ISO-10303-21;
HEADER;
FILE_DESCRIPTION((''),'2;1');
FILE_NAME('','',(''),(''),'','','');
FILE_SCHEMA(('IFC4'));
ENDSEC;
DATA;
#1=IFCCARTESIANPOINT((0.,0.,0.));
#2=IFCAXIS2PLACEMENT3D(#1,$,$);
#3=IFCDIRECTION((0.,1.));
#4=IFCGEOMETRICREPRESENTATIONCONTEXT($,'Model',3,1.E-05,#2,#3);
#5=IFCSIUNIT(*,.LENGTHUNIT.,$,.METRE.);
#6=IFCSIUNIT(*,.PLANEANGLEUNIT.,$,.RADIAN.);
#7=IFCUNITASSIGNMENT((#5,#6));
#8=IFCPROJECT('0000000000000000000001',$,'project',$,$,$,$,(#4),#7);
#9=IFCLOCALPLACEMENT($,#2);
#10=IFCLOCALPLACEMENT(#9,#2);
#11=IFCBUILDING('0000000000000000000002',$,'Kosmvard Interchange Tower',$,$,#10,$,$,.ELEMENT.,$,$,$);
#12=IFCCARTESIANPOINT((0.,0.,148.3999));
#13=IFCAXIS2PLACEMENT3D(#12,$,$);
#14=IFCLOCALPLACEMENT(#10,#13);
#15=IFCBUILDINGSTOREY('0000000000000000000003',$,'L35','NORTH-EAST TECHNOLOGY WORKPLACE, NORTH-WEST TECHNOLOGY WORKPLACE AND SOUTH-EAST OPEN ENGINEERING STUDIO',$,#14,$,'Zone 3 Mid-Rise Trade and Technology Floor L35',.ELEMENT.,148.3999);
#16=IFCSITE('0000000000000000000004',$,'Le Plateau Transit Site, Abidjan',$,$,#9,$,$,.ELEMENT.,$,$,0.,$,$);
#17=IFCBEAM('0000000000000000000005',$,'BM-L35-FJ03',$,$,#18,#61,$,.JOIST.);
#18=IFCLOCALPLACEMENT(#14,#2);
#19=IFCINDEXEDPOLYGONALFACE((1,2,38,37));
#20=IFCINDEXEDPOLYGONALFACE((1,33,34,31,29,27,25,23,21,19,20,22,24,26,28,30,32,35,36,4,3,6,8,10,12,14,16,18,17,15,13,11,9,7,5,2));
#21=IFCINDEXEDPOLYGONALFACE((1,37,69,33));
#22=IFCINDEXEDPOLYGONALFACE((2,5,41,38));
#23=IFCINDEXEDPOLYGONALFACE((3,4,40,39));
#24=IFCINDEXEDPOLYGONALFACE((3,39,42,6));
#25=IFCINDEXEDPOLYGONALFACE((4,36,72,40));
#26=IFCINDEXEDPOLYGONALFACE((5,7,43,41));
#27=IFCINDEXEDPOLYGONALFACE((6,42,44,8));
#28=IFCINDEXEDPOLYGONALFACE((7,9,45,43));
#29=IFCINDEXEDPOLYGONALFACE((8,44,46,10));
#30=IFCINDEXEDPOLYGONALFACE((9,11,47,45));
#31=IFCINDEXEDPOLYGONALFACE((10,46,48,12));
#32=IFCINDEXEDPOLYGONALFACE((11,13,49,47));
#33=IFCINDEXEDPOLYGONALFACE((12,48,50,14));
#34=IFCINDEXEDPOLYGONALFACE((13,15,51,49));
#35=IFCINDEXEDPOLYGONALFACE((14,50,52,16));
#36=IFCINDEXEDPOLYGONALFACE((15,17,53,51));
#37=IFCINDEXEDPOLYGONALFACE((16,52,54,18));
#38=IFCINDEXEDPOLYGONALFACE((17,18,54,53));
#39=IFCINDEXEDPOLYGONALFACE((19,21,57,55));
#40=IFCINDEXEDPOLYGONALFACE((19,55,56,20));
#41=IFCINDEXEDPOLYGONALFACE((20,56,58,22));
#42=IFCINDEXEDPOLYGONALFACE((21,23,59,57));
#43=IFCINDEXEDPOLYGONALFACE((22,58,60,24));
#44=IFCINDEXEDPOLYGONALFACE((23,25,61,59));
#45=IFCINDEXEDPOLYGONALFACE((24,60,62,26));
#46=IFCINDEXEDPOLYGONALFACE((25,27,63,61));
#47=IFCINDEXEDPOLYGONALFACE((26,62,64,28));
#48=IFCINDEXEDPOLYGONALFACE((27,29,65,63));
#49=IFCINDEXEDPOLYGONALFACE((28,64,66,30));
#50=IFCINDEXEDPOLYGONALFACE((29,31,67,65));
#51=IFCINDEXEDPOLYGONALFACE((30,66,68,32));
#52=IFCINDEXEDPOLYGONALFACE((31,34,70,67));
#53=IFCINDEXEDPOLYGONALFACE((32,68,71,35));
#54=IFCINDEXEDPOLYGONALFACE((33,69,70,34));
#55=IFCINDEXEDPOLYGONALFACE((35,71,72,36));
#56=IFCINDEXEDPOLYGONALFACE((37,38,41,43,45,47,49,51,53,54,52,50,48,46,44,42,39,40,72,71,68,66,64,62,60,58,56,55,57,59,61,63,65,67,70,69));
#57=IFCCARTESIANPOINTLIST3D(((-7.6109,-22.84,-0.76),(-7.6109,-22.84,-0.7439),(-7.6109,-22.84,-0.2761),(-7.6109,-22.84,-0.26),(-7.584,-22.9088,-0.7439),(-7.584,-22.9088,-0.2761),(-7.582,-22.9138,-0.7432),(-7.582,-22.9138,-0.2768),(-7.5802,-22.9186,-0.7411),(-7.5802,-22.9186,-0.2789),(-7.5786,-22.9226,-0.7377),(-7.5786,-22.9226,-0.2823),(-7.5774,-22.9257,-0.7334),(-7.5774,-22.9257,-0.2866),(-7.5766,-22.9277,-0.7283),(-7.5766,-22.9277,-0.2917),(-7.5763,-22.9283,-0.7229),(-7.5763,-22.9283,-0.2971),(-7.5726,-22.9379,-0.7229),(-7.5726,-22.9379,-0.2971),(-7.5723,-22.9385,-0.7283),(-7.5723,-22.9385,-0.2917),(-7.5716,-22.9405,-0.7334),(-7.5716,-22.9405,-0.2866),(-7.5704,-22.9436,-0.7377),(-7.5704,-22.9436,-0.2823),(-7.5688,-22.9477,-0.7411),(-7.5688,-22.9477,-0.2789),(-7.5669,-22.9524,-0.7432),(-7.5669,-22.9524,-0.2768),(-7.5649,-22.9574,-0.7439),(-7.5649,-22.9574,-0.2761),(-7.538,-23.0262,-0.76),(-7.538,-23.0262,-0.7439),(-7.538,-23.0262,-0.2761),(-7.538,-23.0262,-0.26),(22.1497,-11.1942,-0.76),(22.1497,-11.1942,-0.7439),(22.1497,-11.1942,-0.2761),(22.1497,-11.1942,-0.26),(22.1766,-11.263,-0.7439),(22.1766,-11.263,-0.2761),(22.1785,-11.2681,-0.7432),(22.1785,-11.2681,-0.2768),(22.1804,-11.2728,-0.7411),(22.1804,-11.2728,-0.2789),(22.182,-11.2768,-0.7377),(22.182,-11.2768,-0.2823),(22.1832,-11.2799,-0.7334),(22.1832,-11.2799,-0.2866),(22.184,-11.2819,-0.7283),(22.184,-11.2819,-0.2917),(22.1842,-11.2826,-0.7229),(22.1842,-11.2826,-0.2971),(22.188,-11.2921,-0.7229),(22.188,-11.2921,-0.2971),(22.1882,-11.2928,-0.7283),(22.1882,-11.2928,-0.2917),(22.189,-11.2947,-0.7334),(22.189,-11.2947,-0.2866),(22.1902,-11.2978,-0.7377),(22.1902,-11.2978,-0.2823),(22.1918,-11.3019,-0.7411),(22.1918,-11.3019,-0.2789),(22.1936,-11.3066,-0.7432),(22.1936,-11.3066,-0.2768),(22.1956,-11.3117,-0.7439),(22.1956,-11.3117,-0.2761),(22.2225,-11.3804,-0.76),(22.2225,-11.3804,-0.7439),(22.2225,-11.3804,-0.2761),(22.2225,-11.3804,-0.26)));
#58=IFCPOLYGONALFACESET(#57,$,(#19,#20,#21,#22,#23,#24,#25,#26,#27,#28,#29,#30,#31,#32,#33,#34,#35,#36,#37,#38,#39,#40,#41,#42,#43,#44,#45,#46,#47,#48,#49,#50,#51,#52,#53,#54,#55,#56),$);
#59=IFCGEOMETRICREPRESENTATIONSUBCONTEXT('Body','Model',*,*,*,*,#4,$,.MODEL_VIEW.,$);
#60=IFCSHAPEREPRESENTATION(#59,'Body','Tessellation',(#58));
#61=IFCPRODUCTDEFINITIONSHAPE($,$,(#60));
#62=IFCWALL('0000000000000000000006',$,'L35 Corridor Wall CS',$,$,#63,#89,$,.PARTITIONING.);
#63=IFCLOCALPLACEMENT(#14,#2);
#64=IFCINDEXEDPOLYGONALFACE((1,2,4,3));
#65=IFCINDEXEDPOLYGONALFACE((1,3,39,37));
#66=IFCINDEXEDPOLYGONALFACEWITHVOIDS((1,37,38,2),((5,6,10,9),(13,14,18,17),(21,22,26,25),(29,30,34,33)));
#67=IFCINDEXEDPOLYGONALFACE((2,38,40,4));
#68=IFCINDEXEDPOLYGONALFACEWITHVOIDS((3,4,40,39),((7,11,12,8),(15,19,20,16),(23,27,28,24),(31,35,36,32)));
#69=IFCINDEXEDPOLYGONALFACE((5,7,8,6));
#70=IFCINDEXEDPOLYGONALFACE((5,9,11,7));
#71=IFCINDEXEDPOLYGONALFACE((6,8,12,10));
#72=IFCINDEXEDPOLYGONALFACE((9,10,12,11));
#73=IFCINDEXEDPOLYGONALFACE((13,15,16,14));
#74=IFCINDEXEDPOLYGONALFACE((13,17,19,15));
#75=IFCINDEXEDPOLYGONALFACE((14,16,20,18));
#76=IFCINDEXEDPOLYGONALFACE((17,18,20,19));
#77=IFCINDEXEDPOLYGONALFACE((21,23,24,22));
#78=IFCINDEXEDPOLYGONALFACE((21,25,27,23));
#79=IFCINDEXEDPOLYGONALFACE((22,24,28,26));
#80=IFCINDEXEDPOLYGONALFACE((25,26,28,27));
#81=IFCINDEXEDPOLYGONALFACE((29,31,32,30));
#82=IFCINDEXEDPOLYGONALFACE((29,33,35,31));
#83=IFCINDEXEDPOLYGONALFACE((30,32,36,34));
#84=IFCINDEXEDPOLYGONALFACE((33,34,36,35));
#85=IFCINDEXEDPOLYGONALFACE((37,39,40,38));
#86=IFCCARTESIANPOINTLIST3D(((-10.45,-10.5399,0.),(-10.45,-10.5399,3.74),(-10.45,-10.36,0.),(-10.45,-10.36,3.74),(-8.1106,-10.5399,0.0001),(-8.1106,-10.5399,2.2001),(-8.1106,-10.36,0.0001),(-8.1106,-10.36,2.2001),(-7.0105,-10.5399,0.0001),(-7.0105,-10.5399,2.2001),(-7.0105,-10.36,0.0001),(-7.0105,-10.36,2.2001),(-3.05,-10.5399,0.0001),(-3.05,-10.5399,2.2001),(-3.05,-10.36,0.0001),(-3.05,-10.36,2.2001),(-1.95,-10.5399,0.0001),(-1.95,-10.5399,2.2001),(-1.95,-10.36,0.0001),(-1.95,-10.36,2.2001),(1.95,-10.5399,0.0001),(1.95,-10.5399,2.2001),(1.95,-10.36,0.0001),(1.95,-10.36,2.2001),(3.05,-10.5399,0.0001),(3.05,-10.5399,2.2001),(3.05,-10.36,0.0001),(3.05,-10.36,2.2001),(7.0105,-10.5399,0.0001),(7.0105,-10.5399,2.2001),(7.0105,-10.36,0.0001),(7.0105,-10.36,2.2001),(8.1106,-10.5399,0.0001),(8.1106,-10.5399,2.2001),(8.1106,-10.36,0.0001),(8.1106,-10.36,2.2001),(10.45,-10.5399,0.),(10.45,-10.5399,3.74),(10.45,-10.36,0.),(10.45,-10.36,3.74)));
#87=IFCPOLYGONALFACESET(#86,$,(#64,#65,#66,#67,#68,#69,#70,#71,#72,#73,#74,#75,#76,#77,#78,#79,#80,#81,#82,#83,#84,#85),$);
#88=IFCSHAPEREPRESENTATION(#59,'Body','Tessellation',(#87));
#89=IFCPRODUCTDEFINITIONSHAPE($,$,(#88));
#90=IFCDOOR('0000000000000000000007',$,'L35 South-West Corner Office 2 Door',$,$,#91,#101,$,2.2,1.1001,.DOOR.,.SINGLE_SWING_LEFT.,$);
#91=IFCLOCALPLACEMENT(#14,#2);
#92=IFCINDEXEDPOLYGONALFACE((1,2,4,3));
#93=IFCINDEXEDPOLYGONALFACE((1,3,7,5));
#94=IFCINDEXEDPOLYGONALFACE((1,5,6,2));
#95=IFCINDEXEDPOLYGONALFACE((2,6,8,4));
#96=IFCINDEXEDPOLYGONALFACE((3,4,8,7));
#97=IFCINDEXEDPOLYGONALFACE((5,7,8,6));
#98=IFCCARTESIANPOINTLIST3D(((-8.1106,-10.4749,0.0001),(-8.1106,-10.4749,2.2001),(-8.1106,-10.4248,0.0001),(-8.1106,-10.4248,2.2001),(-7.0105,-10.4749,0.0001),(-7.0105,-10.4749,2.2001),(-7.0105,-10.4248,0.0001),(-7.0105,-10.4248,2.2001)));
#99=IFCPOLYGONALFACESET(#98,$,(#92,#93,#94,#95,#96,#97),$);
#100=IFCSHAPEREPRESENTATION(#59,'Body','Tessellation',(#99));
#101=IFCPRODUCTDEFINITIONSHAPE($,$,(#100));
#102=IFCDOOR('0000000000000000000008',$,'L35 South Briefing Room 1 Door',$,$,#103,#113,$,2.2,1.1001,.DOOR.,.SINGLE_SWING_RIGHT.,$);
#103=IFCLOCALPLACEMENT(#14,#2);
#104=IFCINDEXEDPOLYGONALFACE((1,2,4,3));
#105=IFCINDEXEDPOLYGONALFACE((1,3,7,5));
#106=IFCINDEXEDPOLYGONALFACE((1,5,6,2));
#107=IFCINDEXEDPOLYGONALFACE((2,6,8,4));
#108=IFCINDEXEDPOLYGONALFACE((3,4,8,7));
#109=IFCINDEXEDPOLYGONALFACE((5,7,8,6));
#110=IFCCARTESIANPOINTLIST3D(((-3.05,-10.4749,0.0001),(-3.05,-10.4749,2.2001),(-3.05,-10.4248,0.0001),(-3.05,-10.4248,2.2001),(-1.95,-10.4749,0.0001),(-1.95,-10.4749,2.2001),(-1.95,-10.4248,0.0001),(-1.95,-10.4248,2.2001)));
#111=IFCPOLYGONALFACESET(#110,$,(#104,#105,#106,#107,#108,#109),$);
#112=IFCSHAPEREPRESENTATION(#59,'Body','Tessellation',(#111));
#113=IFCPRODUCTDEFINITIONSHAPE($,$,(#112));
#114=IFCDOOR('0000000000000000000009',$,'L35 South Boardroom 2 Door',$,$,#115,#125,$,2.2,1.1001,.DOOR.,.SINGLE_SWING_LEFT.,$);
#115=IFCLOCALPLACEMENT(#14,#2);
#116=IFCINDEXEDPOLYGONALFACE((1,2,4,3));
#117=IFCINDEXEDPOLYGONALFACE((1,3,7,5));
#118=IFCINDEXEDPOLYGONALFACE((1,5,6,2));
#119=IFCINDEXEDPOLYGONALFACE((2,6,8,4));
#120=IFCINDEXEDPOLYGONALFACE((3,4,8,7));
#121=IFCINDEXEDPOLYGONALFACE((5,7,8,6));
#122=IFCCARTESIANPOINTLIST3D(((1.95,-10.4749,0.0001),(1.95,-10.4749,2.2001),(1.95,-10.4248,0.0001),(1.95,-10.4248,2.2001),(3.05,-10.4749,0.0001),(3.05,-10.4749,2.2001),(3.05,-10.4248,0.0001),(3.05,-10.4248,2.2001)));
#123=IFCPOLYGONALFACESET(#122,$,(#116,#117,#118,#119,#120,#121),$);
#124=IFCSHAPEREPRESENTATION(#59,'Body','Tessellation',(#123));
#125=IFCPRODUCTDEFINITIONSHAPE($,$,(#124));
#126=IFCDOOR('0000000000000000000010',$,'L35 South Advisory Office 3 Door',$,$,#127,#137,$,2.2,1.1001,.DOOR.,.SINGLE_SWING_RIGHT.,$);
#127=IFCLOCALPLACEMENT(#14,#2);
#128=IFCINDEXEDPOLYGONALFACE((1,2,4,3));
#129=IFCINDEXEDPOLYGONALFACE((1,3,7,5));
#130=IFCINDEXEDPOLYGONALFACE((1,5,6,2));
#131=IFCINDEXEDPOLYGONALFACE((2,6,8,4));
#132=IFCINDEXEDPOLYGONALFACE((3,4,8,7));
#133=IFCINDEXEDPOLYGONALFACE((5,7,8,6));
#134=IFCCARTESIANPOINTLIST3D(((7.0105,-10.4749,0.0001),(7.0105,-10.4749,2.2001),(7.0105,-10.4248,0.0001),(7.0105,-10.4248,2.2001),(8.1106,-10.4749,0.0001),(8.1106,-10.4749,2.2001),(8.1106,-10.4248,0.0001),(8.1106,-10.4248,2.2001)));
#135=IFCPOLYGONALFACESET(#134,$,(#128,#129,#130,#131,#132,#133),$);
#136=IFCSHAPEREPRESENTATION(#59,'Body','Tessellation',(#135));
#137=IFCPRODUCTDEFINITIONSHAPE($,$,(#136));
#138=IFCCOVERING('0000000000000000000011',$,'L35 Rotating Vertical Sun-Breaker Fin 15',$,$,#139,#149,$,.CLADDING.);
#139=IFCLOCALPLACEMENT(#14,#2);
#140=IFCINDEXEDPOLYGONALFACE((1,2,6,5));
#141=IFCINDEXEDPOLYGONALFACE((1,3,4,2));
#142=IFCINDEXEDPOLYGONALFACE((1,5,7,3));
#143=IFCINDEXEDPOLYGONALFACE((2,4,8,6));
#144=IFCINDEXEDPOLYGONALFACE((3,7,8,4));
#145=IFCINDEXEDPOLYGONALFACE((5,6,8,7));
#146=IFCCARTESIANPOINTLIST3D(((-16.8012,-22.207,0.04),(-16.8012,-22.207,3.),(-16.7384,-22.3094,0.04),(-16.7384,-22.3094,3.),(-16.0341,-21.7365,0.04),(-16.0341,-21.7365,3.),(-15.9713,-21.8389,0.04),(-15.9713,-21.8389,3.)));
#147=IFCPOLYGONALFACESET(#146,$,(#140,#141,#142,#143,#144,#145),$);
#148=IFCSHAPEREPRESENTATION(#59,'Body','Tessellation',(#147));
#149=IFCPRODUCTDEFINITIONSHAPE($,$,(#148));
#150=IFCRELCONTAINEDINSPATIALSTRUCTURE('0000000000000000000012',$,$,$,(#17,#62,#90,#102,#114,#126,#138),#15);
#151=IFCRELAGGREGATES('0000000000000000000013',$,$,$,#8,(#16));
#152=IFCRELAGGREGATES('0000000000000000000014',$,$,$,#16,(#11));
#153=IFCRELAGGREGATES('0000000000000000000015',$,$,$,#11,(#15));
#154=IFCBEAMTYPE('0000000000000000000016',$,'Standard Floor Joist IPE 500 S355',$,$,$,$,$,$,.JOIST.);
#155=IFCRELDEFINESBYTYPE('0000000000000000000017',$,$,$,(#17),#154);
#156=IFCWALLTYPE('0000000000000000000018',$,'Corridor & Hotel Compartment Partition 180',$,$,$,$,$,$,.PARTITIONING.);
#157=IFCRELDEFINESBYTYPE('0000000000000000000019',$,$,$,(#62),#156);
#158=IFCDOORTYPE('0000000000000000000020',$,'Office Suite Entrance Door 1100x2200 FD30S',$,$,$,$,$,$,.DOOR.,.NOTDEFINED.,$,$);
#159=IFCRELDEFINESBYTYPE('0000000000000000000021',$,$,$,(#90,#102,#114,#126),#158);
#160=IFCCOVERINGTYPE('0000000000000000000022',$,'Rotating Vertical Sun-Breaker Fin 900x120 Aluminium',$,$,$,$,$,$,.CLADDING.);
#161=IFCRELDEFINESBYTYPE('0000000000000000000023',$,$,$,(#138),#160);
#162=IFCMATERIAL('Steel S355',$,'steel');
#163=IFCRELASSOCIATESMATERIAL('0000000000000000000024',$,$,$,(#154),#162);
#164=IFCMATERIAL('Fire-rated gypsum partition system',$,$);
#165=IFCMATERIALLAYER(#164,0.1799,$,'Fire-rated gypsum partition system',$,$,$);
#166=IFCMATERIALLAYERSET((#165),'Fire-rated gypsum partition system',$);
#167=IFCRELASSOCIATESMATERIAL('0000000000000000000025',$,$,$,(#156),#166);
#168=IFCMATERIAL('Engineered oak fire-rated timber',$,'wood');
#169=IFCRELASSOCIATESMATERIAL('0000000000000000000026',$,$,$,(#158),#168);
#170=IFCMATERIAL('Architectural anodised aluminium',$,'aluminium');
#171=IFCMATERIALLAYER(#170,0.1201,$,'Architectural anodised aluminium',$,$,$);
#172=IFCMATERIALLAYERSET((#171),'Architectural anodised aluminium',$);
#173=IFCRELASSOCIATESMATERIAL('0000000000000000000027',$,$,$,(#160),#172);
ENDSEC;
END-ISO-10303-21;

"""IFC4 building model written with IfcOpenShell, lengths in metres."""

from ifc_helpers import new_model, si_unit, direction, frame, frame_2d, origin, origin_2d, place, context, subcontext, project, spatial, rectangle, i_section, extrude, source, transform, mapped, material, layer, layer_set, material_profile, profile_set, type_object, element, fill, save


model = new_model("IFC4")

# Units and contexts
model_context = context("Model", 3, precision=1e-05, world=origin(), true_north=direction((0.0, 1.0)))
body_context = subcontext(model_context, "Body", "Model", "MODEL_VIEW")
ifc_project = project(units=[si_unit("LENGTHUNIT", "METRE"), si_unit("PLANEANGLEUNIT", "RADIAN")], contexts=[model_context])

# Site, building, storey
site_placement = place(None, origin())
site = spatial("IfcSite", under=ifc_project, at=site_placement, Name="Le Plateau Transit Site, Abidjan", CompositionType="ELEMENT", RefElevation=0.0)
building_placement = place(site_placement, origin())
building = spatial("IfcBuilding", under=site, at=building_placement, Name="Kosmvard Interchange Tower", CompositionType="ELEMENT")
storey_placement = place(building_placement, frame((0.0, 0.0, 148.3999)))
storey = spatial("IfcBuildingStorey", under=building, at=storey_placement, Name="L35", Description="NORTH-EAST TECHNOLOGY WORKPLACE, NORTH-WEST TECHNOLOGY WORKPLACE AND SOUTH-EAST OPEN ENGINEERING STUDIO", LongName="Zone 3 Mid-Rise Trade and Technology Floor L35", CompositionType="ELEMENT", Elevation=148.3999)

# Beam
ifc_material_1 = material(Name="Steel S355", Category="steel")
ifc_material_profile_1 = material_profile(ifc_material_1, i_section(OverallWidth=0.2, OverallDepth=0.5, WebThickness=0.0103, FlangeThickness=0.0161, FilletRadius=0.021, at=origin_2d()), Name="IPE 500")
ifc_profile_set_1 = profile_set([ifc_material_profile_1], Name="Steel S355")
beam_type_1 = type_object("IfcBeamType", Name="Standard Floor Joist IPE 500 S355", PredefinedType="JOIST", material=ifc_profile_set_1)
shared_shape_1 = source(origin(), body_context, "Body", "SweptSolid", [
    extrude(i_section(OverallWidth=0.2, OverallDepth=0.5, WebThickness=0.0103, FlangeThickness=0.0161, FilletRadius=0.021, at=origin_2d()), origin(), (0.0, 0.0, 1.0), 31.958),
])
beam_1_placement = place(storey_placement, frame((-7.5745, -22.9331, -0.51), z_axis=(0.931239, 0.364409, 0.0), x_axis=(-0.364409, 0.931239, 0.0)))
element("IfcBeam", 1, at=beam_1_placement, inside=storey, type_object=beam_type_1, Name="BM-L35-FJ03", PredefinedType="JOIST", context=body_context, shape_type="MappedRepresentation", body=[
    mapped(shared_shape_1, transform((0.0, 0.0, 0.0), scale=1.0)),
])

# Wall, openings, doors
ifc_material_2 = material(Name="Fire-rated gypsum partition system")
ifc_layer_1 = layer(ifc_material_2, 0.1799, Name="Fire-rated gypsum partition system")
ifc_layer_set_1 = layer_set([ifc_layer_1], Name="Fire-rated gypsum partition system")
wall_type = type_object("IfcWallType", Name="Corridor & Hotel Compartment Partition 180", PredefinedType="PARTITIONING", material=ifc_layer_set_1)
wall_placement = place(storey_placement, frame((-10.45, -10.45, 0.0), z_axis=(0.0, 0.0, 1.0), x_axis=(1.0, 0.0, 0.0)))
wall = element("IfcWall", 2, at=wall_placement, inside=storey, type_object=wall_type, Name="L35 Corridor Wall CS", PredefinedType="PARTITIONING", context=body_context, shape_type="SweptSolid", body=[
    extrude(rectangle(XDim=20.8999, YDim=0.1799, at=frame_2d((10.45, 0.0))), origin(), (0.0, 0.0, 1.0), 3.74),
])
opening_1_placement = place(wall_placement, frame((2.3394, 0.0, 0.0)))
opening_1 = element("IfcOpeningElement", 3, at=opening_1_placement, cuts=wall, PredefinedType="OPENING", context=body_context, shape_type="SweptSolid", body=[
    extrude(rectangle(XDim=1.1001, YDim=2.2, at=frame_2d((0.55, 1.1001))), frame((0.0, 0.1001, 0.0), z_axis=(0.0, -1.0, 0.0), x_axis=(1.0, 0.0, 0.0)), (0.0, 0.0, 1.0), 0.2),
])
opening_2_placement = place(wall_placement, frame((7.3999, 0.0, 0.0)))
opening_2 = element("IfcOpeningElement", 4, at=opening_2_placement, cuts=wall, PredefinedType="OPENING", context=body_context, shape_type="SweptSolid", body=[
    extrude(rectangle(XDim=1.1001, YDim=2.2, at=frame_2d((0.55, 1.1001))), frame((0.0, 0.1001, 0.0), z_axis=(0.0, -1.0, 0.0), x_axis=(1.0, 0.0, 0.0)), (0.0, 0.0, 1.0), 0.2),
])
opening_3_placement = place(wall_placement, frame((12.3999, 0.0, 0.0)))
opening_3 = element("IfcOpeningElement", 5, at=opening_3_placement, cuts=wall, PredefinedType="OPENING", context=body_context, shape_type="SweptSolid", body=[
    extrude(rectangle(XDim=1.1001, YDim=2.2, at=frame_2d((0.55, 1.1001))), frame((0.0, 0.1001, 0.0), z_axis=(0.0, -1.0, 0.0), x_axis=(1.0, 0.0, 0.0)), (0.0, 0.0, 1.0), 0.2),
])
opening_4_placement = place(wall_placement, frame((17.4604, 0.0, 0.0)))
opening_4 = element("IfcOpeningElement", 6, at=opening_4_placement, cuts=wall, PredefinedType="OPENING", context=body_context, shape_type="SweptSolid", body=[
    extrude(rectangle(XDim=1.1001, YDim=2.2, at=frame_2d((0.55, 1.1001))), frame((0.0, 0.1001, 0.0), z_axis=(0.0, -1.0, 0.0), x_axis=(1.0, 0.0, 0.0)), (0.0, 0.0, 1.0), 0.2),
])
ifc_material_3 = material(Name="Engineered oak fire-rated timber", Category="wood")
door_type = type_object("IfcDoorType", Name="Office Suite Entrance Door 1100x2200 FD30S", OperationType="NOTDEFINED", PredefinedType="DOOR", material=ifc_material_3)
shared_shape_2 = source(origin(), body_context, "Body", "SweptSolid", [
    extrude(rectangle(XDim=1.1001, YDim=2.2, at=frame_2d((0.55, 1.1001))), frame((0.0, 0.0249, 0.0), z_axis=(0.0, -1.0, 0.0), x_axis=(1.0, 0.0, 0.0)), (0.0, 0.0, 1.0), 0.05),
])
door_1_placement = place(opening_1_placement, frame((1.1001, 0.0, 0.0), z_axis=(0.0, 0.0, 1.0), x_axis=(-1.0, 0.0, 0.0)))
door_1 = element("IfcDoor", 7, at=door_1_placement, inside=storey, type_object=door_type, Name="L35 South-West Corner Office 2 Door", OperationType="SINGLE_SWING_LEFT", OverallHeight=2.2, OverallWidth=1.1001, PredefinedType="DOOR", context=body_context, shape_type="MappedRepresentation", body=[
    mapped(shared_shape_2, transform((0.0, 0.0, 0.0), scale=1.0)),
])
fill(opening_1, door_1)
door_2_placement = place(opening_2_placement, frame((1.1001, 0.0, 0.0), z_axis=(0.0, 0.0, 1.0), x_axis=(-1.0, 0.0, 0.0)))
door_2 = element("IfcDoor", 8, at=door_2_placement, inside=storey, type_object=door_type, Name="L35 South Briefing Room 1 Door", OperationType="SINGLE_SWING_RIGHT", OverallHeight=2.2, OverallWidth=1.1001, PredefinedType="DOOR", context=body_context, shape_type="MappedRepresentation", body=[
    mapped(shared_shape_2, transform((0.0, 0.0, 0.0), scale=1.0)),
])
fill(opening_2, door_2)
door_3_placement = place(opening_3_placement, frame((1.1001, 0.0, 0.0), z_axis=(0.0, 0.0, 1.0), x_axis=(-1.0, 0.0, 0.0)))
door_3 = element("IfcDoor", 9, at=door_3_placement, inside=storey, type_object=door_type, Name="L35 South Boardroom 2 Door", OperationType="SINGLE_SWING_LEFT", OverallHeight=2.2, OverallWidth=1.1001, PredefinedType="DOOR", context=body_context, shape_type="MappedRepresentation", body=[
    mapped(shared_shape_2, transform((0.0, 0.0, 0.0), scale=1.0)),
])
fill(opening_3, door_3)
door_4_placement = place(opening_4_placement, frame((1.1001, 0.0, 0.0), z_axis=(0.0, 0.0, 1.0), x_axis=(-1.0, 0.0, 0.0)))
door_4 = element("IfcDoor", 10, at=door_4_placement, inside=storey, type_object=door_type, Name="L35 South Advisory Office 3 Door", OperationType="SINGLE_SWING_RIGHT", OverallHeight=2.2, OverallWidth=1.1001, PredefinedType="DOOR", context=body_context, shape_type="MappedRepresentation", body=[
    mapped(shared_shape_2, transform((0.0, 0.0, 0.0), scale=1.0)),
])
fill(opening_4, door_4)

# Covering
ifc_material_4 = material(Name="Architectural anodised aluminium", Category="aluminium")
ifc_layer_2 = layer(ifc_material_4, 0.1201, Name="Architectural anodised aluminium")
ifc_layer_set_2 = layer_set([ifc_layer_2], Name="Architectural anodised aluminium")
covering_type = type_object("IfcCoveringType", Name="Rotating Vertical Sun-Breaker Fin 900x120 Aluminium", PredefinedType="CLADDING", material=ifc_layer_set_2)
shared_shape_3 = source(origin(), body_context, "Body", "SweptSolid", [
    extrude(rectangle(XDim=0.8999, YDim=0.1201, at=origin_2d()), origin(), (0.0, 0.0, 1.0), 2.96),
])
covering_placement = place(storey_placement, frame((-16.3862, -22.0229, 0.04), z_axis=(0.0, 0.0, 1.0), x_axis=(-0.852458, -0.522796, 0.0)))
element("IfcCovering", 11, at=covering_placement, inside=storey, type_object=covering_type, Name="L35 Rotating Vertical Sun-Breaker Fin 15", PredefinedType="CLADDING", context=body_context, shape_type="MappedRepresentation", body=[
    mapped(shared_shape_3, transform((0.0, 0.0, 0.0), scale=1.0)),
])

save(model, "model.ifc")
